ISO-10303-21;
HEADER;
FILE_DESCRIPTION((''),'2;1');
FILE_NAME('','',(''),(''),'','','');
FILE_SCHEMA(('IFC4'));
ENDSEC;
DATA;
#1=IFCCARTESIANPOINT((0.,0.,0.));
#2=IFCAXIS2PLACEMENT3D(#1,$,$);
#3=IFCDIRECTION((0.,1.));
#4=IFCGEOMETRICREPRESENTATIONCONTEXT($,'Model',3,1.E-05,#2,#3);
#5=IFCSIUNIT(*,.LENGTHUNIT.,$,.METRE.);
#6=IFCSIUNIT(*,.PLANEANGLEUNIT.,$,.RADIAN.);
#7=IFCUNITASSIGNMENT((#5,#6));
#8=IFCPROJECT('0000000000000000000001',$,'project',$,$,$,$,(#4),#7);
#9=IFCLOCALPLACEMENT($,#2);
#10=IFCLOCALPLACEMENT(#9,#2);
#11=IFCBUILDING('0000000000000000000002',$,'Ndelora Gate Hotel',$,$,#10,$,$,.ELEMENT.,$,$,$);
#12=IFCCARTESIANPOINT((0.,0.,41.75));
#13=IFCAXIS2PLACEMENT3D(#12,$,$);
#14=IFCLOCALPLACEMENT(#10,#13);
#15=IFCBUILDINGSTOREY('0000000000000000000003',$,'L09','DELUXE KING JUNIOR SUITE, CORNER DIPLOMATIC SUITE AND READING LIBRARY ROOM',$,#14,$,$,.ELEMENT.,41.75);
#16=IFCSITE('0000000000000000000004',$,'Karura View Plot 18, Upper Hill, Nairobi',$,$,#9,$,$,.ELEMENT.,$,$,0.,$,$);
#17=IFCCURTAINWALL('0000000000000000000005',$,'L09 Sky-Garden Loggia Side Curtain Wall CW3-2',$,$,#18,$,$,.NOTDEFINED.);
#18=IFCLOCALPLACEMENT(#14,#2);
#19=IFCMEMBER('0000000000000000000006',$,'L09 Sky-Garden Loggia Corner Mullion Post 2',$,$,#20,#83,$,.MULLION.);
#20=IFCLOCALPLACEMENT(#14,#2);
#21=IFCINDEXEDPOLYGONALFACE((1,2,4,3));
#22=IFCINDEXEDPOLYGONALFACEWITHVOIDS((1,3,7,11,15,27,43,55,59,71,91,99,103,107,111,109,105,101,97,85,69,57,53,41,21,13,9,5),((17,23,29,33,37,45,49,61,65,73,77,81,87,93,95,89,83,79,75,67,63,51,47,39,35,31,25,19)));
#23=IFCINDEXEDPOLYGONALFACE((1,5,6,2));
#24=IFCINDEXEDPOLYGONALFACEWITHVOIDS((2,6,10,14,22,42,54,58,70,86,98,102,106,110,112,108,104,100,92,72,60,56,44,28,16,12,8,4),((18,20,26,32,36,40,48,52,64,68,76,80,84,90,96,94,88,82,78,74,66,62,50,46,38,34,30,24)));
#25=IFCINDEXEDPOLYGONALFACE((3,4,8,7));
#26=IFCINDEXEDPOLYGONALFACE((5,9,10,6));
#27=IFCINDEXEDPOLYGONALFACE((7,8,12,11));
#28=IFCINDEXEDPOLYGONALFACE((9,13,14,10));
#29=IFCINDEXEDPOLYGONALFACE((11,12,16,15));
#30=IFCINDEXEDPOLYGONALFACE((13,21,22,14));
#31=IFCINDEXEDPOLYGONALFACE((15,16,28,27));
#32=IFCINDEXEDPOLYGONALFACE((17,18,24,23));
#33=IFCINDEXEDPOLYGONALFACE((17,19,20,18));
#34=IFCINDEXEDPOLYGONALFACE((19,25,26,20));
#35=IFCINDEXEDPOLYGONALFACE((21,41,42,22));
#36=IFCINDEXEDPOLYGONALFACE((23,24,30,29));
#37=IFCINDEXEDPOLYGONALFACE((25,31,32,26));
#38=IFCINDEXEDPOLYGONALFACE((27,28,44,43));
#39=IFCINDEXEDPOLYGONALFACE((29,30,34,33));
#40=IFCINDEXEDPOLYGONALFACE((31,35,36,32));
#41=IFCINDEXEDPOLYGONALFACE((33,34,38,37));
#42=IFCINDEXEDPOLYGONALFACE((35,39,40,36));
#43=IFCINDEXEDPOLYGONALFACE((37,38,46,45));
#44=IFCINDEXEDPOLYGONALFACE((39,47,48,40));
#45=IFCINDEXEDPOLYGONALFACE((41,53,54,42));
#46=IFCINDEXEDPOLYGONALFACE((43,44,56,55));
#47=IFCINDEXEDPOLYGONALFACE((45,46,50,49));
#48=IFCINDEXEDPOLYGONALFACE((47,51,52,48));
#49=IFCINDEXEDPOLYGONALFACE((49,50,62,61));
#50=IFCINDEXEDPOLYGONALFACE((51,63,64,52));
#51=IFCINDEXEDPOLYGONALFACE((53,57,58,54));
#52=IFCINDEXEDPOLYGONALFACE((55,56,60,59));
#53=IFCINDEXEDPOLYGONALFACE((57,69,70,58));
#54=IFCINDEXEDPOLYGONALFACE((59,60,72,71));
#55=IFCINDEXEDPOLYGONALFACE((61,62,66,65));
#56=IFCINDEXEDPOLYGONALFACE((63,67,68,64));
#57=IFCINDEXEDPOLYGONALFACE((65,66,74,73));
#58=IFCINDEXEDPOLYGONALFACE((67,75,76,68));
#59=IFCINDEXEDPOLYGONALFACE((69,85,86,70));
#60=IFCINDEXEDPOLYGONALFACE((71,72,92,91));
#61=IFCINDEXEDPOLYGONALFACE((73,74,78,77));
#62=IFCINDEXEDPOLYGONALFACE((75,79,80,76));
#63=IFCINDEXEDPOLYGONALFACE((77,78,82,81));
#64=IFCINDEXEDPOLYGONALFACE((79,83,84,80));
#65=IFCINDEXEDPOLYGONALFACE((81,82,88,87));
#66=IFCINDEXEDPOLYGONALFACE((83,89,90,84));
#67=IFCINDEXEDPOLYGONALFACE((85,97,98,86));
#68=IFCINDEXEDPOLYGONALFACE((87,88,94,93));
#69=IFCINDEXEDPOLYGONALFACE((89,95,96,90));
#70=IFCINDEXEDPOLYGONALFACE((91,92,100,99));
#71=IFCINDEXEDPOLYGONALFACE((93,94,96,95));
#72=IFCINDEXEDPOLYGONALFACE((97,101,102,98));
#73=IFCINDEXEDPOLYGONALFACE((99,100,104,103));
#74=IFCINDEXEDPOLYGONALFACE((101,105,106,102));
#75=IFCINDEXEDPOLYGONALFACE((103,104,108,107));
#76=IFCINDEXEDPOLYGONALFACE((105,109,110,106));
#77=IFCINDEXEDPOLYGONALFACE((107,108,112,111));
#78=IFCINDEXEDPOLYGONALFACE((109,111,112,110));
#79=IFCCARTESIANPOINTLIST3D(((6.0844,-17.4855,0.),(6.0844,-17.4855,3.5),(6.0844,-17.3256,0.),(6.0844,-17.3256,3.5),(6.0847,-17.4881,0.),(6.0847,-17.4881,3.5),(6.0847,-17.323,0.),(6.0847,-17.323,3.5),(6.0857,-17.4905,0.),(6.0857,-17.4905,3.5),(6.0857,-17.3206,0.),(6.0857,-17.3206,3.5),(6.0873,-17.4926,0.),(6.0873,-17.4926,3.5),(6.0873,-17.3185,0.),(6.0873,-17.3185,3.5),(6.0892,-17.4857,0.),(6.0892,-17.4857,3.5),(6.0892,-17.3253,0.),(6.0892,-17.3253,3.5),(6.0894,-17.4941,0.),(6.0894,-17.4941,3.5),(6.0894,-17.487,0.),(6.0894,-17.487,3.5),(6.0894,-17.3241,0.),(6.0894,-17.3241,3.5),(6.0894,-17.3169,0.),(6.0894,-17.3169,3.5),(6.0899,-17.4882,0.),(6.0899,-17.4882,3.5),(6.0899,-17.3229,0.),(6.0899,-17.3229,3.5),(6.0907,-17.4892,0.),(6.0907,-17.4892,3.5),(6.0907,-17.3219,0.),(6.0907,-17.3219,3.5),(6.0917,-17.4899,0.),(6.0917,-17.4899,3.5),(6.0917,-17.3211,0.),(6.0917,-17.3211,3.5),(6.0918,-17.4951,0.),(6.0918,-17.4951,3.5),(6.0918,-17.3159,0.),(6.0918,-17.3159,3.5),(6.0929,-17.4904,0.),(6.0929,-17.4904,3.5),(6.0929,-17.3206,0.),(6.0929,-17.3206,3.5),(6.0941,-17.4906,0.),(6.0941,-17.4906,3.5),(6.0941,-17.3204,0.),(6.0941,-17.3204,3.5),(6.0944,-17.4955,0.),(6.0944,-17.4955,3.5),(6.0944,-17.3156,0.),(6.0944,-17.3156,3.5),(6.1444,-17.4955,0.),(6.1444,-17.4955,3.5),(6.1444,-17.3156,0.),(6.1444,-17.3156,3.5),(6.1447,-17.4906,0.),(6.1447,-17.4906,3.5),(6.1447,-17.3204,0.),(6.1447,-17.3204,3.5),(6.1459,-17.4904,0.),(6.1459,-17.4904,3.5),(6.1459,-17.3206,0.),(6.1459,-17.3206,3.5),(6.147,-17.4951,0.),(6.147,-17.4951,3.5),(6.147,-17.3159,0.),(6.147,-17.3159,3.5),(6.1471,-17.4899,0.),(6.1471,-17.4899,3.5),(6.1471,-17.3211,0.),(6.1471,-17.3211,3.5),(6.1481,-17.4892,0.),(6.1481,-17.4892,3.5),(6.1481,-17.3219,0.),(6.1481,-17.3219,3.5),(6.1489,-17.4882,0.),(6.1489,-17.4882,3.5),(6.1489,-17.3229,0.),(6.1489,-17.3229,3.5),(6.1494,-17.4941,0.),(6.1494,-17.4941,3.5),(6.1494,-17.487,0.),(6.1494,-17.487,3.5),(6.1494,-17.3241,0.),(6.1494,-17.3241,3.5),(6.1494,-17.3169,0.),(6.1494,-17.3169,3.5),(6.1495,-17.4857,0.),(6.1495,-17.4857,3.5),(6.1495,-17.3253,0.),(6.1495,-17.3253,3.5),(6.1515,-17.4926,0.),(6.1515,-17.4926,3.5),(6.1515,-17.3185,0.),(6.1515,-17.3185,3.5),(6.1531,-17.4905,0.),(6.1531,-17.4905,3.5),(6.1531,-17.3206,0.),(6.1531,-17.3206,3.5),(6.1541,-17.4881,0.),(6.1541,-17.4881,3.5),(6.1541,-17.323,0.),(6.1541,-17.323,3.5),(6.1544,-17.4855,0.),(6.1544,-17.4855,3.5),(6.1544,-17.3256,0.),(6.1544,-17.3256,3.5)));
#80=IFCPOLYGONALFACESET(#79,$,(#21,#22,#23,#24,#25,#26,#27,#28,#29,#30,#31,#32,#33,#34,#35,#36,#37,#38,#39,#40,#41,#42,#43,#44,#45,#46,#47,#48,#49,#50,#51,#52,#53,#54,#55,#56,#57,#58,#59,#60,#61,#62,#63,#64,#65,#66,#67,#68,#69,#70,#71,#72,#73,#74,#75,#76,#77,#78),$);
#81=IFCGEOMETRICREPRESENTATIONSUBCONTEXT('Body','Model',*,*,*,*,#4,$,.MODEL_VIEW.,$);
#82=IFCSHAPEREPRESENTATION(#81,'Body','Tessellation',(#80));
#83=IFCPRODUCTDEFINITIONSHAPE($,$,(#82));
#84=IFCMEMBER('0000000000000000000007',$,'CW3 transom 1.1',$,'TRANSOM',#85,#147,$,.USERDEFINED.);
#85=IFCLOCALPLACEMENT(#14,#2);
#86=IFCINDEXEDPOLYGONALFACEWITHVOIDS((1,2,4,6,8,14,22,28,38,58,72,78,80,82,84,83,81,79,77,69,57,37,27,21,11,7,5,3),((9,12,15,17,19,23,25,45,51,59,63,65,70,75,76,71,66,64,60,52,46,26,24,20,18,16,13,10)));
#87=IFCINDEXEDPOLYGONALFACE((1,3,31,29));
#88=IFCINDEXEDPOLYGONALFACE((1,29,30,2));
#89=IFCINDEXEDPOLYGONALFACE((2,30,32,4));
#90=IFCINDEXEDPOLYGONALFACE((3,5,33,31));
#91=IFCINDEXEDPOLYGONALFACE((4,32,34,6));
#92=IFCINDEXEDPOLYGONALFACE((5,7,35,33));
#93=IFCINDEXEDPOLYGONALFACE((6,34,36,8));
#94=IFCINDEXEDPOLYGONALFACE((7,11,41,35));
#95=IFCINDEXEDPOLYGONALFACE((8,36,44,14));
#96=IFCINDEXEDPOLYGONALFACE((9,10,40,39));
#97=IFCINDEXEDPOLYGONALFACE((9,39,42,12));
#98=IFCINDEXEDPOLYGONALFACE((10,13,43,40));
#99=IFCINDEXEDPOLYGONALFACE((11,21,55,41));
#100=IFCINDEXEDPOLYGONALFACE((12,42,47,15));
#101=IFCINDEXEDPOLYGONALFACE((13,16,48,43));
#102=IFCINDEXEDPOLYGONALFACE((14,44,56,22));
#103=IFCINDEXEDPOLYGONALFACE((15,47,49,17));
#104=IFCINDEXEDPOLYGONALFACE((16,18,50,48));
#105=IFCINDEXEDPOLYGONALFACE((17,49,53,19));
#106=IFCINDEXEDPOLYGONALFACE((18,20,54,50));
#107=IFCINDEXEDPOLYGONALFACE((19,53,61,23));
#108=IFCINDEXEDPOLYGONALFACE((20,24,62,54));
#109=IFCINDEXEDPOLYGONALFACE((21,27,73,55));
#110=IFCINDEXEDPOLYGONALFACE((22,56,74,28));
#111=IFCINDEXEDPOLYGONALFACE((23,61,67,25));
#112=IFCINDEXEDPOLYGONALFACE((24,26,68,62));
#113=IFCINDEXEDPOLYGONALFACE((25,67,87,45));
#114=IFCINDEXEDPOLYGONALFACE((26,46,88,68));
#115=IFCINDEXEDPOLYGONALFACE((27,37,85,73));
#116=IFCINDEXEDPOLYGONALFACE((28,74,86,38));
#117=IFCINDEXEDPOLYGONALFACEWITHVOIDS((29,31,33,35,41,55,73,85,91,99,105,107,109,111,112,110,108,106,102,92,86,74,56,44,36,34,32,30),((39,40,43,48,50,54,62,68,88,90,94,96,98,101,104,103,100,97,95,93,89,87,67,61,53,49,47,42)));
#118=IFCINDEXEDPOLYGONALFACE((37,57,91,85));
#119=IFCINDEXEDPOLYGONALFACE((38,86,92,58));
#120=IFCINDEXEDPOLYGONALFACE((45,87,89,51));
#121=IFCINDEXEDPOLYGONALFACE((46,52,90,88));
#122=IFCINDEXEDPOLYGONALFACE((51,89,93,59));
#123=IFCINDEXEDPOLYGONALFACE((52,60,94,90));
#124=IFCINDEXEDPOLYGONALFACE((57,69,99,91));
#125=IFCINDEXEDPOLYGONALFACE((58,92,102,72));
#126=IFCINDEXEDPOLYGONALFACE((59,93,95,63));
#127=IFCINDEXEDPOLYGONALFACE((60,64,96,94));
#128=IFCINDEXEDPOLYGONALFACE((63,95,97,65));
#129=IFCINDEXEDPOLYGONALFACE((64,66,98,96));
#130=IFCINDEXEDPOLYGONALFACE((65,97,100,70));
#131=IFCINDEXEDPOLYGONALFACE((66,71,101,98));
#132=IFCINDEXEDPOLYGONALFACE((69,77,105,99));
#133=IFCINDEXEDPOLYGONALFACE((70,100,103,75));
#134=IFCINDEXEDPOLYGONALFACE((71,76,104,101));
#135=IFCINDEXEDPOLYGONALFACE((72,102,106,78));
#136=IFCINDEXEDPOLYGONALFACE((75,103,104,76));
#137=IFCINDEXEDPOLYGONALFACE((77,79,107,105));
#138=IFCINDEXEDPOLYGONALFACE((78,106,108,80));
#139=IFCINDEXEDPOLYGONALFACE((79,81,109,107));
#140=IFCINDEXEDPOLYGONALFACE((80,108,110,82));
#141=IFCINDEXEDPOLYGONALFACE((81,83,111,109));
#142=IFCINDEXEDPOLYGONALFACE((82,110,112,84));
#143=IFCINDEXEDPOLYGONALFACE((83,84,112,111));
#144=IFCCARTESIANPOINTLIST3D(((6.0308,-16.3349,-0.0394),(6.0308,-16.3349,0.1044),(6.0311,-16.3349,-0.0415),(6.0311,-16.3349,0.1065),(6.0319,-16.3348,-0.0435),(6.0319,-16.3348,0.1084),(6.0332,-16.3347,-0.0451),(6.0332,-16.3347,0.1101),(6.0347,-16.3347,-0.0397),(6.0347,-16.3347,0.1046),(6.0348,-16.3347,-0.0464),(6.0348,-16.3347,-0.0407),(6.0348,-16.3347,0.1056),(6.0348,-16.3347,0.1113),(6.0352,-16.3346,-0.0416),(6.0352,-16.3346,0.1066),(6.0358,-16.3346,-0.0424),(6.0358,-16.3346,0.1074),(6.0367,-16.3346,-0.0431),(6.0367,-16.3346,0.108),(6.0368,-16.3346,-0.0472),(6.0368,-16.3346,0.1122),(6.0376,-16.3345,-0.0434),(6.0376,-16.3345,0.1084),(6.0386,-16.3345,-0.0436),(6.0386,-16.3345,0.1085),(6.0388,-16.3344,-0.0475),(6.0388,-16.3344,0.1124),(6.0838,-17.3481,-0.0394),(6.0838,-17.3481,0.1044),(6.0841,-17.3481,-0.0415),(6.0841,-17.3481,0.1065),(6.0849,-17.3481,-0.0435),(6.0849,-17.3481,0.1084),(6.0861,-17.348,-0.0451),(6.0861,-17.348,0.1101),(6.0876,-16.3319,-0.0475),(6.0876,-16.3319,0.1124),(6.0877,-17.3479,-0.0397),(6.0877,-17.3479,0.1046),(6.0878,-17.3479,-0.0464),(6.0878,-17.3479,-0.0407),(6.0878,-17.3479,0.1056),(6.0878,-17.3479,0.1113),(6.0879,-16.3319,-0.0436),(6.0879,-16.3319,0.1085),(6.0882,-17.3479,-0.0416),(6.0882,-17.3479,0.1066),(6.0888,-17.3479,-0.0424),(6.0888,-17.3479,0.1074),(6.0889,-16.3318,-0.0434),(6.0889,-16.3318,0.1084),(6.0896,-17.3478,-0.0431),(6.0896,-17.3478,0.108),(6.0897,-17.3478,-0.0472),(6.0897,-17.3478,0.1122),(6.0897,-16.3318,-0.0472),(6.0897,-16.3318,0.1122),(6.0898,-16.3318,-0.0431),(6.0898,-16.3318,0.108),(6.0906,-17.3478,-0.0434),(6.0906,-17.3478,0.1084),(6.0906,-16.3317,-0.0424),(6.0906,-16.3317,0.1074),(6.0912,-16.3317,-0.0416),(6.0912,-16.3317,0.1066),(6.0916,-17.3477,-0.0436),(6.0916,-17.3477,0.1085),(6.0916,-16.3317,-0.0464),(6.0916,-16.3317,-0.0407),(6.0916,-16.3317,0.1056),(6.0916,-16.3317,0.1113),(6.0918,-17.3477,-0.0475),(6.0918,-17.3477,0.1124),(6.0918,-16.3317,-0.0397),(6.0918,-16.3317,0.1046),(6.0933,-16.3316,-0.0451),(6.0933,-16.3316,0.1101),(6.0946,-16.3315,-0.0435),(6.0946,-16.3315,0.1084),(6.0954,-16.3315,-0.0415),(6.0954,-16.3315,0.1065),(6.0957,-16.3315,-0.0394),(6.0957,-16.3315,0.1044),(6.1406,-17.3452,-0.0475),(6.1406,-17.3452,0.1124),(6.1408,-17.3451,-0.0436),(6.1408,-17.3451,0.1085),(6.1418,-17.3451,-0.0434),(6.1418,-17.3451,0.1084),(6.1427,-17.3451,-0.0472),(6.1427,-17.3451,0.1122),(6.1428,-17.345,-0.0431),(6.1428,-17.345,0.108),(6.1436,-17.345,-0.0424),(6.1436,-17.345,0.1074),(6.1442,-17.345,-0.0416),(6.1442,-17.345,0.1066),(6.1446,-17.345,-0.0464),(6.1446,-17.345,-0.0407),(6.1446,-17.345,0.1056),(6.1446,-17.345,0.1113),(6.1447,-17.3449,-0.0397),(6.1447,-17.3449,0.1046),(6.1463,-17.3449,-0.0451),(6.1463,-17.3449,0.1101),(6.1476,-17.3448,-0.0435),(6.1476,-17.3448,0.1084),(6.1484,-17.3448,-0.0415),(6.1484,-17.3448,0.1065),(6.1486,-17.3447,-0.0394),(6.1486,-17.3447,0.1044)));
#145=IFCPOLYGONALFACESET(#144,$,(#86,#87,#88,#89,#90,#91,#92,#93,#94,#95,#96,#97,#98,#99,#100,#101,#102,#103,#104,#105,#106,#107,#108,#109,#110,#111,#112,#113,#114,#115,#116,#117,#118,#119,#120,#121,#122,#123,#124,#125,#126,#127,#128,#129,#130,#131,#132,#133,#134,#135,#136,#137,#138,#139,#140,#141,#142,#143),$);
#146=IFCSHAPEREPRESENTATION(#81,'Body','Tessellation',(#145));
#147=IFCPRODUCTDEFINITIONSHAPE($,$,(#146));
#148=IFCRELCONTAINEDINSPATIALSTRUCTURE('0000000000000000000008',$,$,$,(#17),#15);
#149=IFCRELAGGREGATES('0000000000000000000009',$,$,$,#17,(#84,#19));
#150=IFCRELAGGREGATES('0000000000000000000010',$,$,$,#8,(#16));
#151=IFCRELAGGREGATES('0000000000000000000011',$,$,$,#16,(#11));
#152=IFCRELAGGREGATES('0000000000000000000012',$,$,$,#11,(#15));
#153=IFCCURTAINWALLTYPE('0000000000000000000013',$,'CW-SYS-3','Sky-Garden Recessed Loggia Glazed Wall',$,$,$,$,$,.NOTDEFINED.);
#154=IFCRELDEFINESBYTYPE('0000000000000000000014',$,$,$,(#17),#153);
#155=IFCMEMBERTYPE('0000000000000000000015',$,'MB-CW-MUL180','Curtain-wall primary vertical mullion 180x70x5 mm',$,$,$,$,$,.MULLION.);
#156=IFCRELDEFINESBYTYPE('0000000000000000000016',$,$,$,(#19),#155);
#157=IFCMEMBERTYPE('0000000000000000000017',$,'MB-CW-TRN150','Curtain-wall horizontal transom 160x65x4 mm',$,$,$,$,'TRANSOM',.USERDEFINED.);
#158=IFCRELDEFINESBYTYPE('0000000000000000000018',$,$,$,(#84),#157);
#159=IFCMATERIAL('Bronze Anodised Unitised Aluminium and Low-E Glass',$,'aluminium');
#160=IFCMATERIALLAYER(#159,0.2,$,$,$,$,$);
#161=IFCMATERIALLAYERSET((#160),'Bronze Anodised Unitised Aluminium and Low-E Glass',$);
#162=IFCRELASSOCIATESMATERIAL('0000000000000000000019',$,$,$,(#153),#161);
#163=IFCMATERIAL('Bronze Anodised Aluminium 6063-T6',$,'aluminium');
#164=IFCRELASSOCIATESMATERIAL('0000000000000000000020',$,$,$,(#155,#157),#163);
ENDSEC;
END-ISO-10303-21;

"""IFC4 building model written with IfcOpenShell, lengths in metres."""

from ifc_helpers import new_model, si_unit, direction, frame, origin, origin_2d, place, context, subcontext, project, spatial, hollow_rectangle, extrude, material, layer, layer_set, material_profile, profile_set, type_object, element, aggregate, save


model = new_model("IFC4")

# Units and contexts
model_context = context("Model", 3, precision=1e-05, world=origin(), true_north=direction((0.0, 1.0)))
body_context = subcontext(model_context, "Body", "Model", "MODEL_VIEW")
ifc_project = project(units=[si_unit("LENGTHUNIT", "METRE"), si_unit("PLANEANGLEUNIT", "RADIAN")], contexts=[model_context])

# Site, building, storey
site_placement = place(None, origin())
site = spatial("IfcSite", under=ifc_project, at=site_placement, Name="Karura View Plot 18, Upper Hill, Nairobi", CompositionType="ELEMENT", RefElevation=0.0)
building_placement = place(site_placement, origin())
building = spatial("IfcBuilding", under=site, at=building_placement, Name="Ndelora Gate Hotel", CompositionType="ELEMENT")
storey_placement = place(building_placement, frame((0.0, 0.0, 41.75)))
storey = spatial("IfcBuildingStorey", under=building, at=storey_placement, Name="L09", Description="DELUXE KING JUNIOR SUITE, CORNER DIPLOMATIC SUITE AND READING LIBRARY ROOM", CompositionType="ELEMENT", Elevation=41.75)

# Curtain wall, members
ifc_material_1 = material(Name="Bronze Anodised Unitised Aluminium and Low-E Glass", Category="aluminium")
ifc_layer_1 = layer(ifc_material_1, 0.2)
ifc_layer_set_1 = layer_set([ifc_layer_1], Name="Bronze Anodised Unitised Aluminium and Low-E Glass")
curtain_wall_type = type_object("IfcCurtainWallType", Name="CW-SYS-3", Description="Sky-Garden Recessed Loggia Glazed Wall", PredefinedType="NOTDEFINED", material=ifc_layer_set_1)
curtain_wall_placement = place(storey_placement, origin())
curtain_wall = element("IfcCurtainWall", 1, at=curtain_wall_placement, inside=storey, type_object=curtain_wall_type, Name="L09 Sky-Garden Loggia Side Curtain Wall CW3-2", PredefinedType="NOTDEFINED")
ifc_material_2 = material(Name="Bronze Anodised Aluminium 6063-T6", Category="aluminium")
ifc_material_profile_1 = material_profile(ifc_material_2, hollow_rectangle(XDim=0.0701, YDim=0.1799, WallThickness=0.0049, InnerFilletRadius=0.0049, OuterFilletRadius=0.01, at=origin_2d()), Name="ALU 180x70x5")
ifc_profile_set_1 = profile_set([ifc_material_profile_1], Name="Bronze Anodised Aluminium 6063-T6")
member_type_1 = type_object("IfcMemberType", Name="MB-CW-MUL180", Description="Curtain-wall primary vertical mullion 180x70x5 mm", PredefinedType="MULLION", material=ifc_profile_set_1)
member_1_placement = place(storey_placement, frame((6.1194, -17.4055, 0.0), z_axis=(0.0, 0.0, 1.0), x_axis=(1.0, 0.0, 0.0)))
member_1 = element("IfcMember", 2, at=member_1_placement, type_object=member_type_1, Name="L09 Sky-Garden Loggia Corner Mullion Post 2", PredefinedType="MULLION", context=body_context, shape_type="SweptSolid", body=[
    extrude(hollow_rectangle(XDim=0.0701, YDim=0.1799, WallThickness=0.0049, InnerFilletRadius=0.0049, OuterFilletRadius=0.01, at=origin_2d()), origin(), (0.0, 0.0, 1.0), 3.5),
])
ifc_material_profile_2 = material_profile(ifc_material_2, hollow_rectangle(XDim=0.0649, YDim=0.1599, WallThickness=0.0039, InnerFilletRadius=0.0039, OuterFilletRadius=0.0081, at=origin_2d()), Name="ALU 160x65x4")
ifc_profile_set_2 = profile_set([ifc_material_profile_2], Name="Bronze Anodised Aluminium 6063-T6")
member_type_2 = type_object("IfcMemberType", Name="MB-CW-TRN150", Description="Curtain-wall horizontal transom 160x65x4 mm", ElementType="TRANSOM", PredefinedType="USERDEFINED", material=ifc_profile_set_2)
member_2_placement = place(storey_placement, frame((6.1162, -17.3464, 0.0325), z_axis=(-0.052218, 0.998636, 0.0), x_axis=(-0.998636, -0.052218, 0.0)))
member_2 = element("IfcMember", 3, at=member_2_placement, type_object=member_type_2, Name="CW3 transom 1.1", ObjectType="TRANSOM", PredefinedType="USERDEFINED", context=body_context, shape_type="SweptSolid", body=[
    extrude(hollow_rectangle(XDim=0.0649, YDim=0.1599, WallThickness=0.0039, InnerFilletRadius=0.0039, OuterFilletRadius=0.0081, at=origin_2d()), origin(), (0.0, 0.0, 1.0), 1.0146),
])
aggregate(curtain_wall, [member_2, member_1])

save(model, "model.ifc")
